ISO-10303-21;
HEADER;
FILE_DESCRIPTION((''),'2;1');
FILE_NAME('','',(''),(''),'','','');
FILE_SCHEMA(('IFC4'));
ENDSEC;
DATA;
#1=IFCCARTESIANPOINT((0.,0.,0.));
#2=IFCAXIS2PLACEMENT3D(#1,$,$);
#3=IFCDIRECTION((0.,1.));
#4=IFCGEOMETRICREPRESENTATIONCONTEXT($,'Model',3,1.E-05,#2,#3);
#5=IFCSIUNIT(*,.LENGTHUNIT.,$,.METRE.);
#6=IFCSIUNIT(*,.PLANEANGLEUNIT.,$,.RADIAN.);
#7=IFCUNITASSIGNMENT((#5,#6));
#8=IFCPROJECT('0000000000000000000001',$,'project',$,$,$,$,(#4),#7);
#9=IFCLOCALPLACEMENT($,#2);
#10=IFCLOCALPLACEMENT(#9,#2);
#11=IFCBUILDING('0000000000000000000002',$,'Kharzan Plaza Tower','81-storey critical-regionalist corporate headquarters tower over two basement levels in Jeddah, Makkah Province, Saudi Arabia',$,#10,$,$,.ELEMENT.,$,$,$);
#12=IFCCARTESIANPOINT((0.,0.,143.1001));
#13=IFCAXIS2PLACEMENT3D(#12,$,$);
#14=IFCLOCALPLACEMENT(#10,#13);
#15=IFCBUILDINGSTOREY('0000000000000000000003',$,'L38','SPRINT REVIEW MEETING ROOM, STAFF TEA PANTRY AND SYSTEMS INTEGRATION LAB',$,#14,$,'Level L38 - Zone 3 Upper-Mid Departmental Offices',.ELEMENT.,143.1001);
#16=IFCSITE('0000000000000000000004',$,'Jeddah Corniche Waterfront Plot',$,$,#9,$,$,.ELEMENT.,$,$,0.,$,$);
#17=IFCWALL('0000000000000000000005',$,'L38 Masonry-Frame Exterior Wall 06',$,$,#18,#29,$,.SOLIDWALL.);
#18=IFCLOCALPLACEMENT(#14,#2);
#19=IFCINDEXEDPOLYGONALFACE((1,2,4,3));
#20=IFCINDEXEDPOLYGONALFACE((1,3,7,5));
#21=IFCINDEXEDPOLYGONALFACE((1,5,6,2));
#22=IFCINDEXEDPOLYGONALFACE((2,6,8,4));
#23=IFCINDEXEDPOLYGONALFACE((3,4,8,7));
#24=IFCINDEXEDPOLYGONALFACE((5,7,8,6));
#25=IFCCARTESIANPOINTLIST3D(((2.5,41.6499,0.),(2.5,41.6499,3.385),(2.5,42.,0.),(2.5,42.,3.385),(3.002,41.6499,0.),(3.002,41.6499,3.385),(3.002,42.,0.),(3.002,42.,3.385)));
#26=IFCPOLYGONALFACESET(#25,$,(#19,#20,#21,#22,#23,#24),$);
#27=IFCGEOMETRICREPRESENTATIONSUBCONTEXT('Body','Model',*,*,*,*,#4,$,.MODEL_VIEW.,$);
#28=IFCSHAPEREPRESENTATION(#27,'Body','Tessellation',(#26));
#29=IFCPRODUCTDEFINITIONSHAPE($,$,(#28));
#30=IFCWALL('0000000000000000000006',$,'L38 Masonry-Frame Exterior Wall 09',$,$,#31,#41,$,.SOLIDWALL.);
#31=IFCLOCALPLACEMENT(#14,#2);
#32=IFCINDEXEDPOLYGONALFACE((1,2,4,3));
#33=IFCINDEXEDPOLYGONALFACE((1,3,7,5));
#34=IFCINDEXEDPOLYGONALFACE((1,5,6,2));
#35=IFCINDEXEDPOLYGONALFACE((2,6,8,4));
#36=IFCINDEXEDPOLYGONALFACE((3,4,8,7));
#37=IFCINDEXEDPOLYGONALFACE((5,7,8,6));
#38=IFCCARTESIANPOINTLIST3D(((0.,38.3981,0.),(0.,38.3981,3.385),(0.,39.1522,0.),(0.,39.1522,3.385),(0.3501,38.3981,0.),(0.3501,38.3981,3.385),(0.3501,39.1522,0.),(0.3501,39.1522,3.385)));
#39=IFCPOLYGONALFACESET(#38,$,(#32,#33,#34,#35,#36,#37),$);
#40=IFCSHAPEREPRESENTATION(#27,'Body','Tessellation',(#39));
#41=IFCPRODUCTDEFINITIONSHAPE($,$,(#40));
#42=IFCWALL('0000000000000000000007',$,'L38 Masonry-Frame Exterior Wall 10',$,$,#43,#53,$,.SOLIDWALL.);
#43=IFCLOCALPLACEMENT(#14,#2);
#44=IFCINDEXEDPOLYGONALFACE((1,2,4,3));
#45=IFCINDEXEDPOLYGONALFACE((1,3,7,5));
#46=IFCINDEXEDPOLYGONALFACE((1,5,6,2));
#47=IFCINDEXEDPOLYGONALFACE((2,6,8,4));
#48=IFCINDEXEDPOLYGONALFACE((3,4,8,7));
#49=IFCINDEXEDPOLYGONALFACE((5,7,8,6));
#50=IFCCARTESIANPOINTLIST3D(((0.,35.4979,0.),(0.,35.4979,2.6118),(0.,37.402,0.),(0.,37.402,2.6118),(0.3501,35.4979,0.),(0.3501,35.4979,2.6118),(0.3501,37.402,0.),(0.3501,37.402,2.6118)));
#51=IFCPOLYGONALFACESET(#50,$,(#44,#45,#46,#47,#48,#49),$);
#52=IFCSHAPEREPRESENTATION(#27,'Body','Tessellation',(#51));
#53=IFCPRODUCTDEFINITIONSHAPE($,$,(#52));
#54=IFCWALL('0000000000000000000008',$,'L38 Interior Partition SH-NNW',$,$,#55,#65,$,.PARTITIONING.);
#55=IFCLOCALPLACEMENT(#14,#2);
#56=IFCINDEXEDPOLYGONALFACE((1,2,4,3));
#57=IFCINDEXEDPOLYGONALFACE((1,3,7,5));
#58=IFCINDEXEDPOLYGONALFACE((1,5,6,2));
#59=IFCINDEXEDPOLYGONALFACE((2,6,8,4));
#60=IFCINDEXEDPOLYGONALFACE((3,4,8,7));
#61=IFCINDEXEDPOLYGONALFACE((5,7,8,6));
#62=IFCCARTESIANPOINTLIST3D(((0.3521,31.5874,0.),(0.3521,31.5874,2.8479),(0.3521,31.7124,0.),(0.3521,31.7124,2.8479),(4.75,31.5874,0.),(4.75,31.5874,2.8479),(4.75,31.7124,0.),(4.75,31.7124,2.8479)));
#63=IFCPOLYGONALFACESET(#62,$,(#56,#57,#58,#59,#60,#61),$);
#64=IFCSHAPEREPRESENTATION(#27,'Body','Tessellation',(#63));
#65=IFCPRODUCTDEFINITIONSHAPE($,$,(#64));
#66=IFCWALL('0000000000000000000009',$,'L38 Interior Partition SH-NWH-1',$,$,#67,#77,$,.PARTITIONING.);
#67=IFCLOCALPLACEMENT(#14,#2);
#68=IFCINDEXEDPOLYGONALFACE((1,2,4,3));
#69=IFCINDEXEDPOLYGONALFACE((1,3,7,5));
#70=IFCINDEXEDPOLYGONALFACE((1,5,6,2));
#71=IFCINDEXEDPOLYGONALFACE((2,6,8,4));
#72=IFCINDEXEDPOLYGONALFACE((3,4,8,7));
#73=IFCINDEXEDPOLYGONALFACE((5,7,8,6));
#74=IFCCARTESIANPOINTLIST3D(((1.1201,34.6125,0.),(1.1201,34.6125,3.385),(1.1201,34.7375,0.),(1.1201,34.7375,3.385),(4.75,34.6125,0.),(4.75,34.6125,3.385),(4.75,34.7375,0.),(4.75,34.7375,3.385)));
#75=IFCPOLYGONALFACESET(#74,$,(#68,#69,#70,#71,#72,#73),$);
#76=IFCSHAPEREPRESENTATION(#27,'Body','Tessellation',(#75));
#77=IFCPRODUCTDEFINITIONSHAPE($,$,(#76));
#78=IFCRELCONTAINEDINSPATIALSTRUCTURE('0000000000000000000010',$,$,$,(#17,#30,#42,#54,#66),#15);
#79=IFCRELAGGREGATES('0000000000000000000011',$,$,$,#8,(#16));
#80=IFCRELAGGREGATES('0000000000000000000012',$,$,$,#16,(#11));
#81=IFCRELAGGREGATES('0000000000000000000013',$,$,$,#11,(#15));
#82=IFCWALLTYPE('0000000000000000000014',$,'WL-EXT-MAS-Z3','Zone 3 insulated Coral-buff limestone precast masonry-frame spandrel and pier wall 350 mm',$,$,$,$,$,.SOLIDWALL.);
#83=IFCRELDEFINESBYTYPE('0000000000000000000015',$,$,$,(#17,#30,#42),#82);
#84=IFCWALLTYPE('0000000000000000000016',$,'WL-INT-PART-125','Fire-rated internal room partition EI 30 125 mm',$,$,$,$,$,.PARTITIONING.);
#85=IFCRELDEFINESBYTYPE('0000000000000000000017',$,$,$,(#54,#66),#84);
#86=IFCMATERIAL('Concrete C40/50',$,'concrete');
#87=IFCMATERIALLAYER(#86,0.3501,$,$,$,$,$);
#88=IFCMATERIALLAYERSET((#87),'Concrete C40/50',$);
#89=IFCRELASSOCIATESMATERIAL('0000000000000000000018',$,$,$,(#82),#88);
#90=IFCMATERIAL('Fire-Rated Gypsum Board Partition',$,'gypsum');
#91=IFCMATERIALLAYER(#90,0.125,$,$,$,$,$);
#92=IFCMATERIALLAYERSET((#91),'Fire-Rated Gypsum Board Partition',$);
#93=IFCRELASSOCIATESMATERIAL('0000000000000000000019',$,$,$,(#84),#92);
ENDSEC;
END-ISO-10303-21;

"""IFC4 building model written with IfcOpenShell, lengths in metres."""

from ifc_helpers import new_model, si_unit, direction, frame, frame_2d, origin, place, context, subcontext, project, spatial, rectangle, extrude, source, transform, mapped, material, layer, layer_set, type_object, element, save


model = new_model("IFC4")

# Units and contexts
model_context = context("Model", 3, precision=1e-05, world=origin(), true_north=direction((0.0, 1.0)))
body_context = subcontext(model_context, "Body", "Model", "MODEL_VIEW")
ifc_project = project(units=[si_unit("LENGTHUNIT", "METRE"), si_unit("PLANEANGLEUNIT", "RADIAN")], contexts=[model_context])

# Site, building, storey
site_placement = place(None, origin())
site = spatial("IfcSite", under=ifc_project, at=site_placement, Name="Jeddah Corniche Waterfront Plot", CompositionType="ELEMENT", RefElevation=0.0)
building_placement = place(site_placement, origin())
building = spatial("IfcBuilding", under=site, at=building_placement, Name="Kharzan Plaza Tower", Description="81-storey critical-regionalist corporate headquarters tower over two basement levels in Jeddah, Makkah Province, Saudi Arabia", CompositionType="ELEMENT")
storey_placement = place(building_placement, frame((0.0, 0.0, 143.1001)))
storey = spatial("IfcBuildingStorey", under=building, at=storey_placement, Name="L38", Description="SPRINT REVIEW MEETING ROOM, STAFF TEA PANTRY AND SYSTEMS INTEGRATION LAB", LongName="Level L38 - Zone 3 Upper-Mid Departmental Offices", CompositionType="ELEMENT", Elevation=143.1001)

# Shared definitions
ifc_material_1 = material(Name="Concrete C40/50", Category="concrete")
ifc_layer_1 = layer(ifc_material_1, 0.3501)
ifc_layer_set_1 = layer_set([ifc_layer_1], Name="Concrete C40/50")
wall_type_1 = type_object("IfcWallType", Name="WL-EXT-MAS-Z3", Description="Zone 3 insulated Coral-buff limestone precast masonry-frame spandrel and pier wall 350 mm", PredefinedType="SOLIDWALL", material=ifc_layer_set_1)

# Walls
shared_shape_1 = source(origin(), body_context, "Body", "SweptSolid", [
    extrude(rectangle(XDim=0.502, YDim=0.3501, at=frame_2d((0.251, 0.0))), origin(), (0.0, 0.0, 1.0), 3.385),
])
wall_1_placement = place(storey_placement, frame((3.002, 41.825, 0.0), z_axis=(0.0, 0.0, 1.0), x_axis=(-1.0, 0.0, 0.0)))
element("IfcWall", 1, at=wall_1_placement, inside=storey, type_object=wall_type_1, Name="L38 Masonry-Frame Exterior Wall 06", PredefinedType="SOLIDWALL", context=body_context, shape_type="MappedRepresentation", body=[
    mapped(shared_shape_1, transform((0.0, 0.0, 0.0), x_axis=(1.0, 0.0, 0.0), y_axis=(0.0, 1.0, 0.0), z_axis=(0.0, 0.0, 1.0))),
])
shared_shape_2 = source(origin(), body_context, "Body", "SweptSolid", [
    extrude(rectangle(XDim=0.7542, YDim=0.3501, at=frame_2d((0.377, 0.0))), origin(), (0.0, 0.0, 1.0), 3.385),
])
wall_2_placement = place(storey_placement, frame((0.175, 39.1521, 0.0), z_axis=(0.0, 0.0, 1.0), x_axis=(0.0, -1.0, 0.0)))
element("IfcWall", 2, at=wall_2_placement, inside=storey, type_object=wall_type_1, Name="L38 Masonry-Frame Exterior Wall 09", PredefinedType="SOLIDWALL", context=body_context, shape_type="MappedRepresentation", body=[
    mapped(shared_shape_2, transform((0.0, 0.0, 0.0), x_axis=(1.0, 0.0, 0.0), y_axis=(0.0, 1.0, 0.0), z_axis=(0.0, 0.0, 1.0))),
])
shared_shape_3 = source(origin(), body_context, "Body", "SweptSolid", [
    extrude(rectangle(XDim=1.9041, YDim=0.3501, at=frame_2d((0.9521, 0.0))), origin(), (0.0, 0.0, 1.0), 2.6118),
])
wall_3_placement = place(storey_placement, frame((0.175, 37.4021, 0.0), z_axis=(0.0, 0.0, 1.0), x_axis=(0.0, -1.0, 0.0)))
element("IfcWall", 3, at=wall_3_placement, inside=storey, type_object=wall_type_1, Name="L38 Masonry-Frame Exterior Wall 10", PredefinedType="SOLIDWALL", context=body_context, shape_type="MappedRepresentation", body=[
    mapped(shared_shape_3, transform((0.0, 0.0, 0.0), x_axis=(1.0, 0.0, 0.0), y_axis=(0.0, 1.0, 0.0), z_axis=(0.0, 0.0, 1.0))),
])
ifc_material_2 = material(Name="Fire-Rated Gypsum Board Partition", Category="gypsum")
ifc_layer_2 = layer(ifc_material_2, 0.125)
ifc_layer_set_2 = layer_set([ifc_layer_2], Name="Fire-Rated Gypsum Board Partition")
wall_type_2 = type_object("IfcWallType", Name="WL-INT-PART-125", Description="Fire-rated internal room partition EI 30 125 mm", PredefinedType="PARTITIONING", material=ifc_layer_set_2)
shared_shape_4 = source(origin(), body_context, "Body", "SweptSolid", [
    extrude(rectangle(XDim=4.3979, YDim=0.125, at=frame_2d((2.199, 0.0))), origin(), (0.0, 0.0, 1.0), 2.8479),
])
wall_4_placement = place(storey_placement, frame((0.3521, 31.6499, 0.0), z_axis=(0.0, 0.0, 1.0), x_axis=(1.0, 0.0, 0.0)))
element("IfcWall", 4, at=wall_4_placement, inside=storey, type_object=wall_type_2, Name="L38 Interior Partition SH-NNW", PredefinedType="PARTITIONING", context=body_context, shape_type="MappedRepresentation", body=[
    mapped(shared_shape_4, transform((0.0, 0.0, 0.0), x_axis=(1.0, 0.0, 0.0), y_axis=(0.0, 1.0, 0.0), z_axis=(0.0, 0.0, 1.0))),
])
shared_shape_5 = source(origin(), body_context, "Body", "SweptSolid", [
    extrude(rectangle(XDim=3.6299, YDim=0.125, at=frame_2d((1.8149, 0.0))), origin(), (0.0, 0.0, 1.0), 3.385),
])
wall_5_placement = place(storey_placement, frame((1.1201, 34.675, 0.0), z_axis=(0.0, 0.0, 1.0), x_axis=(1.0, 0.0, 0.0)))
element("IfcWall", 5, at=wall_5_placement, inside=storey, type_object=wall_type_2, Name="L38 Interior Partition SH-NWH-1", PredefinedType="PARTITIONING", context=body_context, shape_type="MappedRepresentation", body=[
    mapped(shared_shape_5, transform((0.0, 0.0, 0.0), x_axis=(1.0, 0.0, 0.0), y_axis=(0.0, 1.0, 0.0), z_axis=(0.0, 0.0, 1.0))),
])

save(model, "model.ifc")
